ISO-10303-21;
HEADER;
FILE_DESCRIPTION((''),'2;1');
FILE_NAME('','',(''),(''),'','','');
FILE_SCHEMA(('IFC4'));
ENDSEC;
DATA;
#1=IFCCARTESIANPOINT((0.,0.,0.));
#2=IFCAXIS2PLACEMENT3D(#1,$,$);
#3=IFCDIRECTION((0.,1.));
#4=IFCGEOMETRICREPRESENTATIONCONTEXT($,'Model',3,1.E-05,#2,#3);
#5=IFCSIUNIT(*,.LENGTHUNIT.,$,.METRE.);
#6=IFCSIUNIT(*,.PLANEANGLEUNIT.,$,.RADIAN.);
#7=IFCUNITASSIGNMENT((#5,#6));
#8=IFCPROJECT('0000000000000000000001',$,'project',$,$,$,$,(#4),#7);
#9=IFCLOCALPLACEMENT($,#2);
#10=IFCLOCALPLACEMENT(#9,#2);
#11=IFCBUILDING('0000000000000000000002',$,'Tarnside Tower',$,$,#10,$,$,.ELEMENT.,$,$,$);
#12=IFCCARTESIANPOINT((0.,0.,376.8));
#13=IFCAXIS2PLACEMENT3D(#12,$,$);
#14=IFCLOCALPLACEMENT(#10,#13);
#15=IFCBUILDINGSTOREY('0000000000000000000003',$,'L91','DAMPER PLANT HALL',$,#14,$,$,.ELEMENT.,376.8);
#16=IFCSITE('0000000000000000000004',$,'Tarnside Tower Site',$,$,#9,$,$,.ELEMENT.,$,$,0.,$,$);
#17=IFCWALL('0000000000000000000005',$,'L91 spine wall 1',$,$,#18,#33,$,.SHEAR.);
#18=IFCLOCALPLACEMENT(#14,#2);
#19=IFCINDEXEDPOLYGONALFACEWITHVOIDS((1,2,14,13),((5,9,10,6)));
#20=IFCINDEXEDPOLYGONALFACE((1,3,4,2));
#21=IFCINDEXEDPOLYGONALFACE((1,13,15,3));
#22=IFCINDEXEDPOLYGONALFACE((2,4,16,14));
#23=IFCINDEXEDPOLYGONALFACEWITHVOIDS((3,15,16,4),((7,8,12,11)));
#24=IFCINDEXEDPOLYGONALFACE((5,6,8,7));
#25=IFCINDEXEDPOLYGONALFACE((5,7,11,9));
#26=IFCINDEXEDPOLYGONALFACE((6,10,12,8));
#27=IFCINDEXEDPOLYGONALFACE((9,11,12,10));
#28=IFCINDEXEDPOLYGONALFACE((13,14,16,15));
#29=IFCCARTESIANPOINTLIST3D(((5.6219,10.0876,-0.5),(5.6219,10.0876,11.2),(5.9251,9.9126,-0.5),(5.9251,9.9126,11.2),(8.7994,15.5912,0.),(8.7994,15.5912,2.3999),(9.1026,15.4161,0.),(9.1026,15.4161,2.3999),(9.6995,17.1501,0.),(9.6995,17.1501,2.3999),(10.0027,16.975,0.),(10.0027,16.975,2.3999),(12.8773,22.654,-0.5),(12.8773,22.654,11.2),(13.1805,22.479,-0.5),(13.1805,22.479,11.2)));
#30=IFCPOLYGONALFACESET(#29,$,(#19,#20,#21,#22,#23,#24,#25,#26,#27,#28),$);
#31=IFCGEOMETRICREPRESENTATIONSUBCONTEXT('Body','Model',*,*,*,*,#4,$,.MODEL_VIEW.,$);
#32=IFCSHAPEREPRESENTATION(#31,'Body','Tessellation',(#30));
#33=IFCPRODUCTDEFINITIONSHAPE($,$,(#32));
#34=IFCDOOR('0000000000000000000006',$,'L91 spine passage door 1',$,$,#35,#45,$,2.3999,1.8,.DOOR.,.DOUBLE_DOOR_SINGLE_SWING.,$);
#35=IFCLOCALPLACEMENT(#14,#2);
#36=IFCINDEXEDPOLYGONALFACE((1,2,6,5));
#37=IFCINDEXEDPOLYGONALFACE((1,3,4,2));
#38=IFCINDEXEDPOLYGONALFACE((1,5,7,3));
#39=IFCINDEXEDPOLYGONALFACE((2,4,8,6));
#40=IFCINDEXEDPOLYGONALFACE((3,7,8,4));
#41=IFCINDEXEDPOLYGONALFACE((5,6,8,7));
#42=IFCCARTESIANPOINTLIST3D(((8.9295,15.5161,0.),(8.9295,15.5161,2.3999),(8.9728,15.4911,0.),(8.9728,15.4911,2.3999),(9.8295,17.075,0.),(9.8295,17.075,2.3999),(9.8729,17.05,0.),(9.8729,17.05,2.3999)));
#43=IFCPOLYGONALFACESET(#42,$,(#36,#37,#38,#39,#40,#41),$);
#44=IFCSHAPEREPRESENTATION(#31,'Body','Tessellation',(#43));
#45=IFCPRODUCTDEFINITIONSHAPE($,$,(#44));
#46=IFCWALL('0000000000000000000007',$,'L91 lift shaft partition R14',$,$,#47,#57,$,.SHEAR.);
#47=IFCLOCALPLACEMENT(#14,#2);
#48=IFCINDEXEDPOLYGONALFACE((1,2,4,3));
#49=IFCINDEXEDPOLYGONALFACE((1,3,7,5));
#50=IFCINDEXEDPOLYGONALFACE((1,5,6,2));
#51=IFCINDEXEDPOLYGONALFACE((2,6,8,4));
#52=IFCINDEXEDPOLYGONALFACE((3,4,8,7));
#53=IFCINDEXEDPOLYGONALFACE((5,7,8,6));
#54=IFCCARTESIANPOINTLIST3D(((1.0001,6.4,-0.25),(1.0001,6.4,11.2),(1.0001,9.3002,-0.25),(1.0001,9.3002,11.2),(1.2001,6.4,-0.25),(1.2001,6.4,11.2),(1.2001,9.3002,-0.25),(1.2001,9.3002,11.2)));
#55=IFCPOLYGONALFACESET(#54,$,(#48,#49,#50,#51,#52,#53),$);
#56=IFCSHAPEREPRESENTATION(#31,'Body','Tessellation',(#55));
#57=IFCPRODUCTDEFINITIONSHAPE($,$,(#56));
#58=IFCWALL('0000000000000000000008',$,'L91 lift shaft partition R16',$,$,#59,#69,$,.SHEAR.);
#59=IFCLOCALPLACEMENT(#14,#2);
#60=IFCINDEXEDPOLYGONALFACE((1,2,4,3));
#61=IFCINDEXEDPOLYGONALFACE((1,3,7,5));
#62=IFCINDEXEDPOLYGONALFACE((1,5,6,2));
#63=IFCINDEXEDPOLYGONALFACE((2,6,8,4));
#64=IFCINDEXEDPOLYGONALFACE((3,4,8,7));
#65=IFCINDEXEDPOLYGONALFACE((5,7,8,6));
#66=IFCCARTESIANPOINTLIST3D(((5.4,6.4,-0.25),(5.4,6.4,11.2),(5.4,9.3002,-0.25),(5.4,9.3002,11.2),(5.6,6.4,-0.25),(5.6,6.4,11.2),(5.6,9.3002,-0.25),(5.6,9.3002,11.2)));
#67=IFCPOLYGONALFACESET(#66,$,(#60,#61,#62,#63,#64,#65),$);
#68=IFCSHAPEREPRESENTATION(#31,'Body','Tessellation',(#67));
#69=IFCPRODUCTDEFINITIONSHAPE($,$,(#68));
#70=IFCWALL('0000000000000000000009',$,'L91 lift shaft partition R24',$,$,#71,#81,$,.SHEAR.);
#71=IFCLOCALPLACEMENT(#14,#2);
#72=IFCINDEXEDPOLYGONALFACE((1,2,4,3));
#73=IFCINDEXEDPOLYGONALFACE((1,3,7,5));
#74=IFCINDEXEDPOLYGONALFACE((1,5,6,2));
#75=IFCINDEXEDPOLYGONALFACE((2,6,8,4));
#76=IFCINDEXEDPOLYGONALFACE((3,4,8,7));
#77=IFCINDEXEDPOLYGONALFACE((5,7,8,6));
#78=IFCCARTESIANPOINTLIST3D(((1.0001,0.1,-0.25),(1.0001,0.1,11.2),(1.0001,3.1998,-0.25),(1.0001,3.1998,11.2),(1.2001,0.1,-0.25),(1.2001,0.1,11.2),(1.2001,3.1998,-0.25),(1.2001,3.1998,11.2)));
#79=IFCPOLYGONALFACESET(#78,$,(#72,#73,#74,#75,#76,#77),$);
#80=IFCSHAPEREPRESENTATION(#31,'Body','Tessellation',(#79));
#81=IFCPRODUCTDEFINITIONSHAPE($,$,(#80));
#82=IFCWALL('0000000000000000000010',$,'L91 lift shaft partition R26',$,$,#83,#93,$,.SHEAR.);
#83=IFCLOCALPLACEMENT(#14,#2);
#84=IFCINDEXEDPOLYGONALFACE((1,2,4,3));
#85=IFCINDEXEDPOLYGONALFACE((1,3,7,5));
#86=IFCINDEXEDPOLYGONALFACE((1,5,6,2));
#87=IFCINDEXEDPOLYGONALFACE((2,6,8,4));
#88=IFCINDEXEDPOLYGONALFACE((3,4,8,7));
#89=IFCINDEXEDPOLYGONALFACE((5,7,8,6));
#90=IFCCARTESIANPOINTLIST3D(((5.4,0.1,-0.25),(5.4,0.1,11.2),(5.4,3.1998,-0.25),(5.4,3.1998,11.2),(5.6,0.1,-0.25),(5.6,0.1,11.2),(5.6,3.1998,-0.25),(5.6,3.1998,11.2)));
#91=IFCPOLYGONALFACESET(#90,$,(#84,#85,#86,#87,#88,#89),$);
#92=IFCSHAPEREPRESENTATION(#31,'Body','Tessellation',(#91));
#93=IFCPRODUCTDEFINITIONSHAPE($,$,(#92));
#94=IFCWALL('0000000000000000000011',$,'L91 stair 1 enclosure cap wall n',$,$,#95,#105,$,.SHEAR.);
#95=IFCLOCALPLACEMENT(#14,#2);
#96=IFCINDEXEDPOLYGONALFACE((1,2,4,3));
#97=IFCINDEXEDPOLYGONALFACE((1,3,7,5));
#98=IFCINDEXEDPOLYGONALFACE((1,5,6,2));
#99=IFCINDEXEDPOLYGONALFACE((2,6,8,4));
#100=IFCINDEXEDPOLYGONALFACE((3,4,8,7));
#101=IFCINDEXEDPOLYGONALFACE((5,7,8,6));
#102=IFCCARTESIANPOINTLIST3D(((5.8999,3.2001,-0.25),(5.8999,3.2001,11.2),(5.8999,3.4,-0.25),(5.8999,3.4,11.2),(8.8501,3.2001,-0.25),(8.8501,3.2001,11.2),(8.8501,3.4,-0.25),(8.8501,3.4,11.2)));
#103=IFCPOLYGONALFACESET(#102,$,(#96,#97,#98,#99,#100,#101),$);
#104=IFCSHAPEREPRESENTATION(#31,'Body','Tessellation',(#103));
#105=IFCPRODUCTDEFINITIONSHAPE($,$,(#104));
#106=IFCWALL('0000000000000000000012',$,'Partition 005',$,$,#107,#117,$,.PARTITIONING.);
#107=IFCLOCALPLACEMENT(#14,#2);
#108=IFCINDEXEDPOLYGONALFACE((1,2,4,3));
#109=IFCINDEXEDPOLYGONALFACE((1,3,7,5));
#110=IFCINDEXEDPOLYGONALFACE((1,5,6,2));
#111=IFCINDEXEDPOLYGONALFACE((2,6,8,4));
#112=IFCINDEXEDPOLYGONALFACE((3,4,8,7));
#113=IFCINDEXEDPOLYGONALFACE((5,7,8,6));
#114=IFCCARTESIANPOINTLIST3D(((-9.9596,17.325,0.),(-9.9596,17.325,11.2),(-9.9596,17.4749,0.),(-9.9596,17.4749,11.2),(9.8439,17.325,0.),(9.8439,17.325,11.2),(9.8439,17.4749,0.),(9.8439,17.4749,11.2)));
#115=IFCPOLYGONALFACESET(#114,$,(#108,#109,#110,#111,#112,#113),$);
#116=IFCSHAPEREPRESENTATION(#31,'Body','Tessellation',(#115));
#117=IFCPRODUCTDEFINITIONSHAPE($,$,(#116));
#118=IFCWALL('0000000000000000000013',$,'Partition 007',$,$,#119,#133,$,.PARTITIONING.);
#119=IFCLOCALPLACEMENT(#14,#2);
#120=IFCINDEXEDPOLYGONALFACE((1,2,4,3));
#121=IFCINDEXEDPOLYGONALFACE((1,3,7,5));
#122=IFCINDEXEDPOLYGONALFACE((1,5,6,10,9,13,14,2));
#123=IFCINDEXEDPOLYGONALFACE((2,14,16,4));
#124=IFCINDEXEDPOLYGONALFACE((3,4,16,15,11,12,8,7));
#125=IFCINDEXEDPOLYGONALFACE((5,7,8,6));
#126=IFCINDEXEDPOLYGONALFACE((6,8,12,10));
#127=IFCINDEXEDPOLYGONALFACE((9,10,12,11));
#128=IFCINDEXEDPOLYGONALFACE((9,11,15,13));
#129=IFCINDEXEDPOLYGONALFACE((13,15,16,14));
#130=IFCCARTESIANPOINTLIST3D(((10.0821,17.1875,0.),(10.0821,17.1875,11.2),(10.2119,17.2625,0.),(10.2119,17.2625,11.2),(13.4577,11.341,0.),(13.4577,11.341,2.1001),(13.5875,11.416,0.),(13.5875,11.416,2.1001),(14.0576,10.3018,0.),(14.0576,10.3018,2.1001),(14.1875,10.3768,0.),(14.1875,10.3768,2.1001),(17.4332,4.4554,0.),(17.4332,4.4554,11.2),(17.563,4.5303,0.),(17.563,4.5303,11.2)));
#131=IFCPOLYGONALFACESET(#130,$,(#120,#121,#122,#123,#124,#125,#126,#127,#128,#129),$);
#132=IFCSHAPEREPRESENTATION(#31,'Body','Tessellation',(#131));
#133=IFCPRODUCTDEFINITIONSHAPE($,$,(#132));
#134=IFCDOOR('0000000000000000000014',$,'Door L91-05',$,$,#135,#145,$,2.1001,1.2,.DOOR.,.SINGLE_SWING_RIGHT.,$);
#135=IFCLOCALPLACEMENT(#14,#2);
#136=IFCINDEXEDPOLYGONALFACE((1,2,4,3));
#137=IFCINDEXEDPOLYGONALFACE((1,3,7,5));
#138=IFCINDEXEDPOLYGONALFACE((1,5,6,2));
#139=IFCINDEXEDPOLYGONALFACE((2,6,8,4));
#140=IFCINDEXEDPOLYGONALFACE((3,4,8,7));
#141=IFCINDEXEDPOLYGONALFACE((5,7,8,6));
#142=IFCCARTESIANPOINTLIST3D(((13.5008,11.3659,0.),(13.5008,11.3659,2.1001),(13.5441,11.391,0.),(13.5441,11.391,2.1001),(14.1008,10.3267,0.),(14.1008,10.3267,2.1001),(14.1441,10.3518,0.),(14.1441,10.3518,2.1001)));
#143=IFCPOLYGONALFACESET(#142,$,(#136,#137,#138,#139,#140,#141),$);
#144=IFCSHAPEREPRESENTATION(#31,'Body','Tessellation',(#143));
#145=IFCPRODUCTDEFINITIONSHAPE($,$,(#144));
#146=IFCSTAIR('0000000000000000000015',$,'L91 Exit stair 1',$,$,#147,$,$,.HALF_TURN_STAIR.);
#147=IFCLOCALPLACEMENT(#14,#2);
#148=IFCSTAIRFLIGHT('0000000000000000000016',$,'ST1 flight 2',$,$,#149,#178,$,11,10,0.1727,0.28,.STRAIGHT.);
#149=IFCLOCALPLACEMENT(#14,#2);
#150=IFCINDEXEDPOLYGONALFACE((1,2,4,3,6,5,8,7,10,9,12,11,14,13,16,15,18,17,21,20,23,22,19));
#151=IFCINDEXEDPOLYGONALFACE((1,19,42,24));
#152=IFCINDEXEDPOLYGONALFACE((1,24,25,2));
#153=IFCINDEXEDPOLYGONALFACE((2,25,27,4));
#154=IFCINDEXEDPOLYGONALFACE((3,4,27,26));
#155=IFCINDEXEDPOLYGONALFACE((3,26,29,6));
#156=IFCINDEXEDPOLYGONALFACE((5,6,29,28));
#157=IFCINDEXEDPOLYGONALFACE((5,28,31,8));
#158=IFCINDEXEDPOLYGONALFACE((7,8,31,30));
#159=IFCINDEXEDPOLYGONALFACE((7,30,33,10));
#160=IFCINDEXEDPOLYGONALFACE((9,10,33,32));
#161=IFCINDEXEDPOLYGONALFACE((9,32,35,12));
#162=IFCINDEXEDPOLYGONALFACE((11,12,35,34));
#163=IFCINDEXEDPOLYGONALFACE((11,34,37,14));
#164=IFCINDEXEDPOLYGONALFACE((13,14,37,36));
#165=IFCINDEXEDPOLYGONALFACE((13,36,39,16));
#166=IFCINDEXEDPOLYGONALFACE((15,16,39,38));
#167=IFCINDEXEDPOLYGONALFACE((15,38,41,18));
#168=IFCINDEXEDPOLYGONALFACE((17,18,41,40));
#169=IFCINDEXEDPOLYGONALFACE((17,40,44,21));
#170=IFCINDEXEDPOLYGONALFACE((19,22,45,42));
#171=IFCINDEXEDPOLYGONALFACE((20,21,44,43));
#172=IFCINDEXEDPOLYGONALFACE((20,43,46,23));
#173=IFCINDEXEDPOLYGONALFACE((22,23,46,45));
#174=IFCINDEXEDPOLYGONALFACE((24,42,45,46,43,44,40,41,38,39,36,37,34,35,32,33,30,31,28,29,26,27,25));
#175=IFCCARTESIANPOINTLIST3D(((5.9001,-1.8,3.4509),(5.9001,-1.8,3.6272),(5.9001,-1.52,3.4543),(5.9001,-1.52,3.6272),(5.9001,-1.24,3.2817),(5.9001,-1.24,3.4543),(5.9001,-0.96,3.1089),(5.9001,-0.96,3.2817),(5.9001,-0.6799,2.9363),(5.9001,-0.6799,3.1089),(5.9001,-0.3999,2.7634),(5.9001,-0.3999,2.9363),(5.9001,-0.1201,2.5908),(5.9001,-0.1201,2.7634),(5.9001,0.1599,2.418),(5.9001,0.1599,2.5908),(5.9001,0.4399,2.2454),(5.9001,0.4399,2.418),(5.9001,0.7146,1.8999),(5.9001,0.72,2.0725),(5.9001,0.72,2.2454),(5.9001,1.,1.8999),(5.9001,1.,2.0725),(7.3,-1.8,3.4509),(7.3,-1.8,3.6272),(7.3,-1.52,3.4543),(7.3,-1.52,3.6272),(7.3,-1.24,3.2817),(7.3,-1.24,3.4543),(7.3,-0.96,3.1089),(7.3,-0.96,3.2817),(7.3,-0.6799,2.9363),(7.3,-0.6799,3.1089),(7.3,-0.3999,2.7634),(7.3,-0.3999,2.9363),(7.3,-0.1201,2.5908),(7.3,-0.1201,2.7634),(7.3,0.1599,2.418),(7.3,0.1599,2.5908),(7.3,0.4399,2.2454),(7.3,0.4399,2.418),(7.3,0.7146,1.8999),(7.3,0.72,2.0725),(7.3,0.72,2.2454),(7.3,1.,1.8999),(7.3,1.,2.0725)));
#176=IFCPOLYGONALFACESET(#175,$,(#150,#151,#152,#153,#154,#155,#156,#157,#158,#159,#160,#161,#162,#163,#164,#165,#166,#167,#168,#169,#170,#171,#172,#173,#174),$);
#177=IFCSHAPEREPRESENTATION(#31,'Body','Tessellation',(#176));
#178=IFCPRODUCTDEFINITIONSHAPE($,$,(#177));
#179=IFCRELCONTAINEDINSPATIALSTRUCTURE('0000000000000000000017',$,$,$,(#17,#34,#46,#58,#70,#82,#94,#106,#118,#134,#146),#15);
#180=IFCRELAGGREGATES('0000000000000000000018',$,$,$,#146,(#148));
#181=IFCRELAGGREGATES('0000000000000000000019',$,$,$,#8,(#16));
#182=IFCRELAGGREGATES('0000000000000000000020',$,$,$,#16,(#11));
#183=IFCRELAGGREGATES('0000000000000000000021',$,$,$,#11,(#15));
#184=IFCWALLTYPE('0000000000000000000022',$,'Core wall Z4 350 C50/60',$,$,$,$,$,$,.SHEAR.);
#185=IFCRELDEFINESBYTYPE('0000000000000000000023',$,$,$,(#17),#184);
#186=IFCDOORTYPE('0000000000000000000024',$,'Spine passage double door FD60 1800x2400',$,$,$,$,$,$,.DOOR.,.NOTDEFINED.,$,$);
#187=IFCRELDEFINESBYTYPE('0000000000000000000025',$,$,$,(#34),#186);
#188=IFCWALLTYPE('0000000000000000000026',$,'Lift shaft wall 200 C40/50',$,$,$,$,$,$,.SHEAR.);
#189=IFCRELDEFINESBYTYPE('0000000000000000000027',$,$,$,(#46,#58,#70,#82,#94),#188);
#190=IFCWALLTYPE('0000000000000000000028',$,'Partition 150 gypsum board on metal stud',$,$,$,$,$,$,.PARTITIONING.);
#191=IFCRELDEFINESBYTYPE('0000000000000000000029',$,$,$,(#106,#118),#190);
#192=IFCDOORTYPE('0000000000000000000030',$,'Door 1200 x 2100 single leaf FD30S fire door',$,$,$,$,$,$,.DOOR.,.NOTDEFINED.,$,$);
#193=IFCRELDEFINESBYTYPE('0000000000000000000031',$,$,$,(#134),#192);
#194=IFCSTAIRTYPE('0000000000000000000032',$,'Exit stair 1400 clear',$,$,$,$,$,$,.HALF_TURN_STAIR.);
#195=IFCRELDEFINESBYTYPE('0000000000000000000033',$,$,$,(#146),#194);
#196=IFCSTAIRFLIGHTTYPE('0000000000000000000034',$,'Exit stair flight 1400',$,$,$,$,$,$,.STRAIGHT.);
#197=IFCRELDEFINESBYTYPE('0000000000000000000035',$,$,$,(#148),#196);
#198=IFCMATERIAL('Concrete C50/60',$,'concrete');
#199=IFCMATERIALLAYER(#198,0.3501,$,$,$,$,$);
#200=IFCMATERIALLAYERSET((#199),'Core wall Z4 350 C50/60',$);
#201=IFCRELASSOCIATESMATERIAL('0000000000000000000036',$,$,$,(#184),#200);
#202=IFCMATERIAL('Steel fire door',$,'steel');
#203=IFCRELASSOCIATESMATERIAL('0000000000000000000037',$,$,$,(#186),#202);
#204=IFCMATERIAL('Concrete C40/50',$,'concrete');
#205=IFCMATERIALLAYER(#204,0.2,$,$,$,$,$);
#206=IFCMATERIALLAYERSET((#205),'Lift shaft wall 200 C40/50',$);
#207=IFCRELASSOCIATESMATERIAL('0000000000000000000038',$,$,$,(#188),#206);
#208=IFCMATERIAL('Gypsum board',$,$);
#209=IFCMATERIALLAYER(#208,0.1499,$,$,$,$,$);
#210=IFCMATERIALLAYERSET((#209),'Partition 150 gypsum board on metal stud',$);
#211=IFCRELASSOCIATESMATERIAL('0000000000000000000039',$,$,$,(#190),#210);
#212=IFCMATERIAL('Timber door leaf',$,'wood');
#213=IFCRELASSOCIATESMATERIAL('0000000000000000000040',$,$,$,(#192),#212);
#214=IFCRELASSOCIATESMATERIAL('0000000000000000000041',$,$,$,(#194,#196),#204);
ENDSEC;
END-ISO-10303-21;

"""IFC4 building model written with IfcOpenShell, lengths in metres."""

from ifc_helpers import new_model, si_unit, direction, frame, frame_2d, origin, place, context, subcontext, project, spatial, polyline, rectangle, outline, extrude, material, layer, layer_set, type_object, element, fill, aggregate, save


model = new_model("IFC4")

# Units and contexts
model_context = context("Model", 3, precision=1e-05, world=origin(), true_north=direction((0.0, 1.0)))
body_context = subcontext(model_context, "Body", "Model", "MODEL_VIEW")
ifc_project = project(units=[si_unit("LENGTHUNIT", "METRE"), si_unit("PLANEANGLEUNIT", "RADIAN")], contexts=[model_context])

# Site, building, storey
site_placement = place(None, origin())
site = spatial("IfcSite", under=ifc_project, at=site_placement, Name="Tarnside Tower Site", CompositionType="ELEMENT", RefElevation=0.0)
building_placement = place(site_placement, origin())
building = spatial("IfcBuilding", under=site, at=building_placement, Name="Tarnside Tower", CompositionType="ELEMENT")
storey_placement = place(building_placement, frame((0.0, 0.0, 376.8)))
storey = spatial("IfcBuildingStorey", under=building, at=storey_placement, Name="L91", Description="DAMPER PLANT HALL", CompositionType="ELEMENT", Elevation=376.8)

# Shared definitions
ifc_material_1 = material(Name="Concrete C40/50", Category="concrete")

# Shared definitions
ifc_material_2 = material(Name="Concrete C50/60", Category="concrete")
ifc_layer_1 = layer(ifc_material_2, 0.3501)
ifc_layer_set_1 = layer_set([ifc_layer_1], Name="Core wall Z4 350 C50/60")
wall_type_1 = type_object("IfcWallType", Name="Core wall Z4 350 C50/60", PredefinedType="SHEAR", material=ifc_layer_set_1)
ifc_material_3 = material(Name="Steel fire door", Category="steel")

# Wall, opening, door
wall_1_placement = place(storey_placement, frame((5.7734, 10.0, -0.5), z_axis=(0.0, 0.0, 1.0), x_axis=(0.500008, 0.866021, 0.0)))
wall_1 = element("IfcWall", 1, at=wall_1_placement, inside=storey, type_object=wall_type_1, Name="L91 spine wall 1", PredefinedType="SHEAR", context=body_context, shape_type="SweptSolid", body=[
    extrude(rectangle(XDim=14.5105, YDim=0.3501, at=frame_2d((7.2554, 0.0))), origin(), (0.0, 0.0, 1.0), 11.7),
])
opening_1_placement = place(wall_1_placement, frame((6.3552, 0.0, 0.5)))
opening_1 = element("IfcOpeningElement", 2, at=opening_1_placement, cuts=wall_1, PredefinedType="OPENING", context=body_context, shape_type="SweptSolid", body=[
    extrude(rectangle(XDim=1.8, YDim=2.3999, at=frame_2d((0.8999, 1.2))), frame((0.0, 0.1851, 0.0), z_axis=(0.0, -1.0, 0.0), x_axis=(1.0, 0.0, 0.0)), (0.0, 0.0, 1.0), 0.3701),
])
door_type_1 = type_object("IfcDoorType", Name="Spine passage double door FD60 1800x2400", OperationType="NOTDEFINED", PredefinedType="DOOR", material=ifc_material_3)
door_1_placement = place(opening_1_placement, origin())
door_1 = element("IfcDoor", 3, at=door_1_placement, inside=storey, type_object=door_type_1, Name="L91 spine passage door 1", OperationType="DOUBLE_DOOR_SINGLE_SWING", OverallHeight=2.3999, OverallWidth=1.8, PredefinedType="DOOR", context=body_context, shape_type="SweptSolid", body=[
    extrude(rectangle(XDim=1.8, YDim=2.3999, at=frame_2d((0.8999, 1.2))), frame((0.0, 0.0249, 0.0), z_axis=(0.0, -1.0, 0.0), x_axis=(1.0, 0.0, 0.0)), (0.0, 0.0, 1.0), 0.05),
])
fill(opening_1, door_1)

# Walls
ifc_layer_2 = layer(ifc_material_1, 0.2)
ifc_layer_set_2 = layer_set([ifc_layer_2], Name="Lift shaft wall 200 C40/50")
wall_type_2 = type_object("IfcWallType", Name="Lift shaft wall 200 C40/50", PredefinedType="SHEAR", material=ifc_layer_set_2)
for number, where, z_axis, x_axis, name in (
    (4, (1.1001, 6.3999, -0.25), (0.0, 0.0, 1.0), (0.0, 1.0, 0.0), "L91 lift shaft partition R14"),
    (5, (5.5, 6.3999, -0.25), (0.0, 0.0, 1.0), (0.0, 1.0, 0.0), "L91 lift shaft partition R16"),
):
    element("IfcWall", number, at=place(storey_placement, frame(where, z_axis=z_axis, x_axis=x_axis)), inside=storey, type_object=wall_type_2, Name=name, PredefinedType="SHEAR", context=body_context, shape_type="SweptSolid", body=[
        extrude(rectangle(XDim=2.9001, YDim=0.2, at=frame_2d((1.4502, 0.0))), origin(), (0.0, 0.0, 1.0), 11.45),
    ])
for number, where, z_axis, x_axis, name in (
    (6, (1.1001, 0.1001, -0.25), (0.0, 0.0, 1.0), (0.0, 1.0, 0.0), "L91 lift shaft partition R24"),
    (7, (5.5, 0.1001, -0.25), (0.0, 0.0, 1.0), (0.0, 1.0, 0.0), "L91 lift shaft partition R26"),
):
    element("IfcWall", number, at=place(storey_placement, frame(where, z_axis=z_axis, x_axis=x_axis)), inside=storey, type_object=wall_type_2, Name=name, PredefinedType="SHEAR", context=body_context, shape_type="SweptSolid", body=[
        extrude(rectangle(XDim=3.0999, YDim=0.2, at=frame_2d((1.5498, 0.0))), origin(), (0.0, 0.0, 1.0), 11.45),
    ])
wall_2_placement = place(storey_placement, frame((5.8999, 3.3, -0.25), z_axis=(0.0, 0.0, 1.0), x_axis=(1.0, 0.0, 0.0)))
element("IfcWall", 8, at=wall_2_placement, inside=storey, type_object=wall_type_2, Name="L91 stair 1 enclosure cap wall n", PredefinedType="SHEAR", context=body_context, shape_type="SweptSolid", body=[
    extrude(rectangle(XDim=2.9502, YDim=0.2, at=frame_2d((1.4751, 0.0))), origin(), (0.0, 0.0, 1.0), 11.45),
])
ifc_material_4 = material(Name="Gypsum board")
ifc_layer_3 = layer(ifc_material_4, 0.1499)
ifc_layer_set_3 = layer_set([ifc_layer_3], Name="Partition 150 gypsum board on metal stud")
wall_type_3 = type_object("IfcWallType", Name="Partition 150 gypsum board on metal stud", PredefinedType="PARTITIONING", material=ifc_layer_set_3)
wall_3_placement = place(storey_placement, frame((9.844, 17.3999, 0.0), z_axis=(0.0, 0.0, 1.0), x_axis=(-1.0, 0.0, 0.0)))
element("IfcWall", 9, at=wall_3_placement, inside=storey, type_object=wall_type_3, Name="Partition 005", PredefinedType="PARTITIONING", context=body_context, shape_type="SweptSolid", body=[
    extrude(rectangle(XDim=19.8035, YDim=0.1499, at=frame_2d((9.9019, 0.0))), origin(), (0.0, 0.0, 1.0), 11.2),
])

# Wall, opening, door
wall_4_placement = place(storey_placement, frame((10.147, 17.2251, 0.0), z_axis=(0.0, 0.0, 1.0), x_axis=(0.500008, -0.866021, 0.0)))
wall_4 = element("IfcWall", 10, at=wall_4_placement, inside=storey, type_object=wall_type_3, Name="Partition 007", PredefinedType="PARTITIONING", context=body_context, shape_type="SweptSolid", body=[
    extrude(rectangle(XDim=14.7019, YDim=0.1499, at=frame_2d((7.3511, 0.0))), origin(), (0.0, 0.0, 1.0), 11.2),
])
opening_2_placement = place(wall_4_placement, frame((6.751, 0.0, 0.0)))
opening_2 = element("IfcOpeningElement", 11, at=opening_2_placement, cuts=wall_4, PredefinedType="OPENING", context=body_context, shape_type="SweptSolid", body=[
    extrude(rectangle(XDim=1.2, YDim=2.1001, at=frame_2d((0.6001, 1.05))), frame((0.0, 0.085, 0.0), z_axis=(0.0, -1.0, 0.0), x_axis=(1.0, 0.0, 0.0)), (0.0, 0.0, 1.0), 0.1699),
])
ifc_material_5 = material(Name="Timber door leaf", Category="wood")
door_type_2 = type_object("IfcDoorType", Name="Door 1200 x 2100 single leaf FD30S fire door", OperationType="NOTDEFINED", PredefinedType="DOOR", material=ifc_material_5)
door_2_placement = place(opening_2_placement, origin())
door_2 = element("IfcDoor", 12, at=door_2_placement, inside=storey, type_object=door_type_2, Name="Door L91-05", OperationType="SINGLE_SWING_RIGHT", OverallHeight=2.1001, OverallWidth=1.2, PredefinedType="DOOR", context=body_context, shape_type="SweptSolid", body=[
    extrude(rectangle(XDim=1.2, YDim=2.1001, at=frame_2d((0.6001, 1.05))), frame((0.0, 0.0249, 0.0), z_axis=(0.0, -1.0, 0.0), x_axis=(1.0, 0.0, 0.0)), (0.0, 0.0, 1.0), 0.05),
])
fill(opening_2, door_2)

# Stair, stair flight
stair_type = type_object("IfcStairType", Name="Exit stair 1400 clear", PredefinedType="HALF_TURN_STAIR", material=ifc_material_1)
stair_placement = place(storey_placement, origin())
stair = element("IfcStair", 13, at=stair_placement, inside=storey, type_object=stair_type, Name="L91 Exit stair 1", PredefinedType="HALF_TURN_STAIR")
stair_flight_type = type_object("IfcStairFlightType", Name="Exit stair flight 1400", PredefinedType="STRAIGHT", material=ifc_material_1)
stair_flight_1_placement = place(storey_placement, frame((6.6001, 1.0, 1.8999), z_axis=(0.0, 0.0, 1.0), x_axis=(0.0, -1.0, 0.0)))
stair_flight_1 = element("IfcStairFlight", 14, at=stair_flight_1_placement, type_object=stair_flight_type, Name="ST1 flight 2", NumberOfRisers=11, NumberOfTreads=10, PredefinedType="STRAIGHT", RiserHeight=0.1727, TreadLength=0.28, context=body_context, shape_type="SweptSolid", body=[
    extrude(outline(polyline([(0.0, 0.0), (0.0, 0.1726), (0.28, 0.1726), (0.28, 0.3455), (0.5601, 0.3455), (0.5601, 0.5181), (0.8401, 0.5181), (0.8401, 0.6909), (1.1201, 0.6909), (1.1201, 0.8635), (1.3999, 0.8635), (1.3999, 1.0364), (1.6799, 1.0364), (1.6799, 1.209), (1.96, 1.209), (1.96, 1.3818), (2.24, 1.3818), (2.24, 1.5544), (2.52, 1.5544), (2.52, 1.7273), (2.8, 1.7273), (2.8, 1.8999), (2.8, 1.551), (0.2854, 0.0), (0.0, 0.0)])), frame((0.0, 0.7, 0.0), z_axis=(0.0, -1.0, 0.0), x_axis=(1.0, 0.0, 0.0)), (0.0, 0.0, 1.0), 1.3999),
])
aggregate(stair, [stair_flight_1])

save(model, "model.ifc")
